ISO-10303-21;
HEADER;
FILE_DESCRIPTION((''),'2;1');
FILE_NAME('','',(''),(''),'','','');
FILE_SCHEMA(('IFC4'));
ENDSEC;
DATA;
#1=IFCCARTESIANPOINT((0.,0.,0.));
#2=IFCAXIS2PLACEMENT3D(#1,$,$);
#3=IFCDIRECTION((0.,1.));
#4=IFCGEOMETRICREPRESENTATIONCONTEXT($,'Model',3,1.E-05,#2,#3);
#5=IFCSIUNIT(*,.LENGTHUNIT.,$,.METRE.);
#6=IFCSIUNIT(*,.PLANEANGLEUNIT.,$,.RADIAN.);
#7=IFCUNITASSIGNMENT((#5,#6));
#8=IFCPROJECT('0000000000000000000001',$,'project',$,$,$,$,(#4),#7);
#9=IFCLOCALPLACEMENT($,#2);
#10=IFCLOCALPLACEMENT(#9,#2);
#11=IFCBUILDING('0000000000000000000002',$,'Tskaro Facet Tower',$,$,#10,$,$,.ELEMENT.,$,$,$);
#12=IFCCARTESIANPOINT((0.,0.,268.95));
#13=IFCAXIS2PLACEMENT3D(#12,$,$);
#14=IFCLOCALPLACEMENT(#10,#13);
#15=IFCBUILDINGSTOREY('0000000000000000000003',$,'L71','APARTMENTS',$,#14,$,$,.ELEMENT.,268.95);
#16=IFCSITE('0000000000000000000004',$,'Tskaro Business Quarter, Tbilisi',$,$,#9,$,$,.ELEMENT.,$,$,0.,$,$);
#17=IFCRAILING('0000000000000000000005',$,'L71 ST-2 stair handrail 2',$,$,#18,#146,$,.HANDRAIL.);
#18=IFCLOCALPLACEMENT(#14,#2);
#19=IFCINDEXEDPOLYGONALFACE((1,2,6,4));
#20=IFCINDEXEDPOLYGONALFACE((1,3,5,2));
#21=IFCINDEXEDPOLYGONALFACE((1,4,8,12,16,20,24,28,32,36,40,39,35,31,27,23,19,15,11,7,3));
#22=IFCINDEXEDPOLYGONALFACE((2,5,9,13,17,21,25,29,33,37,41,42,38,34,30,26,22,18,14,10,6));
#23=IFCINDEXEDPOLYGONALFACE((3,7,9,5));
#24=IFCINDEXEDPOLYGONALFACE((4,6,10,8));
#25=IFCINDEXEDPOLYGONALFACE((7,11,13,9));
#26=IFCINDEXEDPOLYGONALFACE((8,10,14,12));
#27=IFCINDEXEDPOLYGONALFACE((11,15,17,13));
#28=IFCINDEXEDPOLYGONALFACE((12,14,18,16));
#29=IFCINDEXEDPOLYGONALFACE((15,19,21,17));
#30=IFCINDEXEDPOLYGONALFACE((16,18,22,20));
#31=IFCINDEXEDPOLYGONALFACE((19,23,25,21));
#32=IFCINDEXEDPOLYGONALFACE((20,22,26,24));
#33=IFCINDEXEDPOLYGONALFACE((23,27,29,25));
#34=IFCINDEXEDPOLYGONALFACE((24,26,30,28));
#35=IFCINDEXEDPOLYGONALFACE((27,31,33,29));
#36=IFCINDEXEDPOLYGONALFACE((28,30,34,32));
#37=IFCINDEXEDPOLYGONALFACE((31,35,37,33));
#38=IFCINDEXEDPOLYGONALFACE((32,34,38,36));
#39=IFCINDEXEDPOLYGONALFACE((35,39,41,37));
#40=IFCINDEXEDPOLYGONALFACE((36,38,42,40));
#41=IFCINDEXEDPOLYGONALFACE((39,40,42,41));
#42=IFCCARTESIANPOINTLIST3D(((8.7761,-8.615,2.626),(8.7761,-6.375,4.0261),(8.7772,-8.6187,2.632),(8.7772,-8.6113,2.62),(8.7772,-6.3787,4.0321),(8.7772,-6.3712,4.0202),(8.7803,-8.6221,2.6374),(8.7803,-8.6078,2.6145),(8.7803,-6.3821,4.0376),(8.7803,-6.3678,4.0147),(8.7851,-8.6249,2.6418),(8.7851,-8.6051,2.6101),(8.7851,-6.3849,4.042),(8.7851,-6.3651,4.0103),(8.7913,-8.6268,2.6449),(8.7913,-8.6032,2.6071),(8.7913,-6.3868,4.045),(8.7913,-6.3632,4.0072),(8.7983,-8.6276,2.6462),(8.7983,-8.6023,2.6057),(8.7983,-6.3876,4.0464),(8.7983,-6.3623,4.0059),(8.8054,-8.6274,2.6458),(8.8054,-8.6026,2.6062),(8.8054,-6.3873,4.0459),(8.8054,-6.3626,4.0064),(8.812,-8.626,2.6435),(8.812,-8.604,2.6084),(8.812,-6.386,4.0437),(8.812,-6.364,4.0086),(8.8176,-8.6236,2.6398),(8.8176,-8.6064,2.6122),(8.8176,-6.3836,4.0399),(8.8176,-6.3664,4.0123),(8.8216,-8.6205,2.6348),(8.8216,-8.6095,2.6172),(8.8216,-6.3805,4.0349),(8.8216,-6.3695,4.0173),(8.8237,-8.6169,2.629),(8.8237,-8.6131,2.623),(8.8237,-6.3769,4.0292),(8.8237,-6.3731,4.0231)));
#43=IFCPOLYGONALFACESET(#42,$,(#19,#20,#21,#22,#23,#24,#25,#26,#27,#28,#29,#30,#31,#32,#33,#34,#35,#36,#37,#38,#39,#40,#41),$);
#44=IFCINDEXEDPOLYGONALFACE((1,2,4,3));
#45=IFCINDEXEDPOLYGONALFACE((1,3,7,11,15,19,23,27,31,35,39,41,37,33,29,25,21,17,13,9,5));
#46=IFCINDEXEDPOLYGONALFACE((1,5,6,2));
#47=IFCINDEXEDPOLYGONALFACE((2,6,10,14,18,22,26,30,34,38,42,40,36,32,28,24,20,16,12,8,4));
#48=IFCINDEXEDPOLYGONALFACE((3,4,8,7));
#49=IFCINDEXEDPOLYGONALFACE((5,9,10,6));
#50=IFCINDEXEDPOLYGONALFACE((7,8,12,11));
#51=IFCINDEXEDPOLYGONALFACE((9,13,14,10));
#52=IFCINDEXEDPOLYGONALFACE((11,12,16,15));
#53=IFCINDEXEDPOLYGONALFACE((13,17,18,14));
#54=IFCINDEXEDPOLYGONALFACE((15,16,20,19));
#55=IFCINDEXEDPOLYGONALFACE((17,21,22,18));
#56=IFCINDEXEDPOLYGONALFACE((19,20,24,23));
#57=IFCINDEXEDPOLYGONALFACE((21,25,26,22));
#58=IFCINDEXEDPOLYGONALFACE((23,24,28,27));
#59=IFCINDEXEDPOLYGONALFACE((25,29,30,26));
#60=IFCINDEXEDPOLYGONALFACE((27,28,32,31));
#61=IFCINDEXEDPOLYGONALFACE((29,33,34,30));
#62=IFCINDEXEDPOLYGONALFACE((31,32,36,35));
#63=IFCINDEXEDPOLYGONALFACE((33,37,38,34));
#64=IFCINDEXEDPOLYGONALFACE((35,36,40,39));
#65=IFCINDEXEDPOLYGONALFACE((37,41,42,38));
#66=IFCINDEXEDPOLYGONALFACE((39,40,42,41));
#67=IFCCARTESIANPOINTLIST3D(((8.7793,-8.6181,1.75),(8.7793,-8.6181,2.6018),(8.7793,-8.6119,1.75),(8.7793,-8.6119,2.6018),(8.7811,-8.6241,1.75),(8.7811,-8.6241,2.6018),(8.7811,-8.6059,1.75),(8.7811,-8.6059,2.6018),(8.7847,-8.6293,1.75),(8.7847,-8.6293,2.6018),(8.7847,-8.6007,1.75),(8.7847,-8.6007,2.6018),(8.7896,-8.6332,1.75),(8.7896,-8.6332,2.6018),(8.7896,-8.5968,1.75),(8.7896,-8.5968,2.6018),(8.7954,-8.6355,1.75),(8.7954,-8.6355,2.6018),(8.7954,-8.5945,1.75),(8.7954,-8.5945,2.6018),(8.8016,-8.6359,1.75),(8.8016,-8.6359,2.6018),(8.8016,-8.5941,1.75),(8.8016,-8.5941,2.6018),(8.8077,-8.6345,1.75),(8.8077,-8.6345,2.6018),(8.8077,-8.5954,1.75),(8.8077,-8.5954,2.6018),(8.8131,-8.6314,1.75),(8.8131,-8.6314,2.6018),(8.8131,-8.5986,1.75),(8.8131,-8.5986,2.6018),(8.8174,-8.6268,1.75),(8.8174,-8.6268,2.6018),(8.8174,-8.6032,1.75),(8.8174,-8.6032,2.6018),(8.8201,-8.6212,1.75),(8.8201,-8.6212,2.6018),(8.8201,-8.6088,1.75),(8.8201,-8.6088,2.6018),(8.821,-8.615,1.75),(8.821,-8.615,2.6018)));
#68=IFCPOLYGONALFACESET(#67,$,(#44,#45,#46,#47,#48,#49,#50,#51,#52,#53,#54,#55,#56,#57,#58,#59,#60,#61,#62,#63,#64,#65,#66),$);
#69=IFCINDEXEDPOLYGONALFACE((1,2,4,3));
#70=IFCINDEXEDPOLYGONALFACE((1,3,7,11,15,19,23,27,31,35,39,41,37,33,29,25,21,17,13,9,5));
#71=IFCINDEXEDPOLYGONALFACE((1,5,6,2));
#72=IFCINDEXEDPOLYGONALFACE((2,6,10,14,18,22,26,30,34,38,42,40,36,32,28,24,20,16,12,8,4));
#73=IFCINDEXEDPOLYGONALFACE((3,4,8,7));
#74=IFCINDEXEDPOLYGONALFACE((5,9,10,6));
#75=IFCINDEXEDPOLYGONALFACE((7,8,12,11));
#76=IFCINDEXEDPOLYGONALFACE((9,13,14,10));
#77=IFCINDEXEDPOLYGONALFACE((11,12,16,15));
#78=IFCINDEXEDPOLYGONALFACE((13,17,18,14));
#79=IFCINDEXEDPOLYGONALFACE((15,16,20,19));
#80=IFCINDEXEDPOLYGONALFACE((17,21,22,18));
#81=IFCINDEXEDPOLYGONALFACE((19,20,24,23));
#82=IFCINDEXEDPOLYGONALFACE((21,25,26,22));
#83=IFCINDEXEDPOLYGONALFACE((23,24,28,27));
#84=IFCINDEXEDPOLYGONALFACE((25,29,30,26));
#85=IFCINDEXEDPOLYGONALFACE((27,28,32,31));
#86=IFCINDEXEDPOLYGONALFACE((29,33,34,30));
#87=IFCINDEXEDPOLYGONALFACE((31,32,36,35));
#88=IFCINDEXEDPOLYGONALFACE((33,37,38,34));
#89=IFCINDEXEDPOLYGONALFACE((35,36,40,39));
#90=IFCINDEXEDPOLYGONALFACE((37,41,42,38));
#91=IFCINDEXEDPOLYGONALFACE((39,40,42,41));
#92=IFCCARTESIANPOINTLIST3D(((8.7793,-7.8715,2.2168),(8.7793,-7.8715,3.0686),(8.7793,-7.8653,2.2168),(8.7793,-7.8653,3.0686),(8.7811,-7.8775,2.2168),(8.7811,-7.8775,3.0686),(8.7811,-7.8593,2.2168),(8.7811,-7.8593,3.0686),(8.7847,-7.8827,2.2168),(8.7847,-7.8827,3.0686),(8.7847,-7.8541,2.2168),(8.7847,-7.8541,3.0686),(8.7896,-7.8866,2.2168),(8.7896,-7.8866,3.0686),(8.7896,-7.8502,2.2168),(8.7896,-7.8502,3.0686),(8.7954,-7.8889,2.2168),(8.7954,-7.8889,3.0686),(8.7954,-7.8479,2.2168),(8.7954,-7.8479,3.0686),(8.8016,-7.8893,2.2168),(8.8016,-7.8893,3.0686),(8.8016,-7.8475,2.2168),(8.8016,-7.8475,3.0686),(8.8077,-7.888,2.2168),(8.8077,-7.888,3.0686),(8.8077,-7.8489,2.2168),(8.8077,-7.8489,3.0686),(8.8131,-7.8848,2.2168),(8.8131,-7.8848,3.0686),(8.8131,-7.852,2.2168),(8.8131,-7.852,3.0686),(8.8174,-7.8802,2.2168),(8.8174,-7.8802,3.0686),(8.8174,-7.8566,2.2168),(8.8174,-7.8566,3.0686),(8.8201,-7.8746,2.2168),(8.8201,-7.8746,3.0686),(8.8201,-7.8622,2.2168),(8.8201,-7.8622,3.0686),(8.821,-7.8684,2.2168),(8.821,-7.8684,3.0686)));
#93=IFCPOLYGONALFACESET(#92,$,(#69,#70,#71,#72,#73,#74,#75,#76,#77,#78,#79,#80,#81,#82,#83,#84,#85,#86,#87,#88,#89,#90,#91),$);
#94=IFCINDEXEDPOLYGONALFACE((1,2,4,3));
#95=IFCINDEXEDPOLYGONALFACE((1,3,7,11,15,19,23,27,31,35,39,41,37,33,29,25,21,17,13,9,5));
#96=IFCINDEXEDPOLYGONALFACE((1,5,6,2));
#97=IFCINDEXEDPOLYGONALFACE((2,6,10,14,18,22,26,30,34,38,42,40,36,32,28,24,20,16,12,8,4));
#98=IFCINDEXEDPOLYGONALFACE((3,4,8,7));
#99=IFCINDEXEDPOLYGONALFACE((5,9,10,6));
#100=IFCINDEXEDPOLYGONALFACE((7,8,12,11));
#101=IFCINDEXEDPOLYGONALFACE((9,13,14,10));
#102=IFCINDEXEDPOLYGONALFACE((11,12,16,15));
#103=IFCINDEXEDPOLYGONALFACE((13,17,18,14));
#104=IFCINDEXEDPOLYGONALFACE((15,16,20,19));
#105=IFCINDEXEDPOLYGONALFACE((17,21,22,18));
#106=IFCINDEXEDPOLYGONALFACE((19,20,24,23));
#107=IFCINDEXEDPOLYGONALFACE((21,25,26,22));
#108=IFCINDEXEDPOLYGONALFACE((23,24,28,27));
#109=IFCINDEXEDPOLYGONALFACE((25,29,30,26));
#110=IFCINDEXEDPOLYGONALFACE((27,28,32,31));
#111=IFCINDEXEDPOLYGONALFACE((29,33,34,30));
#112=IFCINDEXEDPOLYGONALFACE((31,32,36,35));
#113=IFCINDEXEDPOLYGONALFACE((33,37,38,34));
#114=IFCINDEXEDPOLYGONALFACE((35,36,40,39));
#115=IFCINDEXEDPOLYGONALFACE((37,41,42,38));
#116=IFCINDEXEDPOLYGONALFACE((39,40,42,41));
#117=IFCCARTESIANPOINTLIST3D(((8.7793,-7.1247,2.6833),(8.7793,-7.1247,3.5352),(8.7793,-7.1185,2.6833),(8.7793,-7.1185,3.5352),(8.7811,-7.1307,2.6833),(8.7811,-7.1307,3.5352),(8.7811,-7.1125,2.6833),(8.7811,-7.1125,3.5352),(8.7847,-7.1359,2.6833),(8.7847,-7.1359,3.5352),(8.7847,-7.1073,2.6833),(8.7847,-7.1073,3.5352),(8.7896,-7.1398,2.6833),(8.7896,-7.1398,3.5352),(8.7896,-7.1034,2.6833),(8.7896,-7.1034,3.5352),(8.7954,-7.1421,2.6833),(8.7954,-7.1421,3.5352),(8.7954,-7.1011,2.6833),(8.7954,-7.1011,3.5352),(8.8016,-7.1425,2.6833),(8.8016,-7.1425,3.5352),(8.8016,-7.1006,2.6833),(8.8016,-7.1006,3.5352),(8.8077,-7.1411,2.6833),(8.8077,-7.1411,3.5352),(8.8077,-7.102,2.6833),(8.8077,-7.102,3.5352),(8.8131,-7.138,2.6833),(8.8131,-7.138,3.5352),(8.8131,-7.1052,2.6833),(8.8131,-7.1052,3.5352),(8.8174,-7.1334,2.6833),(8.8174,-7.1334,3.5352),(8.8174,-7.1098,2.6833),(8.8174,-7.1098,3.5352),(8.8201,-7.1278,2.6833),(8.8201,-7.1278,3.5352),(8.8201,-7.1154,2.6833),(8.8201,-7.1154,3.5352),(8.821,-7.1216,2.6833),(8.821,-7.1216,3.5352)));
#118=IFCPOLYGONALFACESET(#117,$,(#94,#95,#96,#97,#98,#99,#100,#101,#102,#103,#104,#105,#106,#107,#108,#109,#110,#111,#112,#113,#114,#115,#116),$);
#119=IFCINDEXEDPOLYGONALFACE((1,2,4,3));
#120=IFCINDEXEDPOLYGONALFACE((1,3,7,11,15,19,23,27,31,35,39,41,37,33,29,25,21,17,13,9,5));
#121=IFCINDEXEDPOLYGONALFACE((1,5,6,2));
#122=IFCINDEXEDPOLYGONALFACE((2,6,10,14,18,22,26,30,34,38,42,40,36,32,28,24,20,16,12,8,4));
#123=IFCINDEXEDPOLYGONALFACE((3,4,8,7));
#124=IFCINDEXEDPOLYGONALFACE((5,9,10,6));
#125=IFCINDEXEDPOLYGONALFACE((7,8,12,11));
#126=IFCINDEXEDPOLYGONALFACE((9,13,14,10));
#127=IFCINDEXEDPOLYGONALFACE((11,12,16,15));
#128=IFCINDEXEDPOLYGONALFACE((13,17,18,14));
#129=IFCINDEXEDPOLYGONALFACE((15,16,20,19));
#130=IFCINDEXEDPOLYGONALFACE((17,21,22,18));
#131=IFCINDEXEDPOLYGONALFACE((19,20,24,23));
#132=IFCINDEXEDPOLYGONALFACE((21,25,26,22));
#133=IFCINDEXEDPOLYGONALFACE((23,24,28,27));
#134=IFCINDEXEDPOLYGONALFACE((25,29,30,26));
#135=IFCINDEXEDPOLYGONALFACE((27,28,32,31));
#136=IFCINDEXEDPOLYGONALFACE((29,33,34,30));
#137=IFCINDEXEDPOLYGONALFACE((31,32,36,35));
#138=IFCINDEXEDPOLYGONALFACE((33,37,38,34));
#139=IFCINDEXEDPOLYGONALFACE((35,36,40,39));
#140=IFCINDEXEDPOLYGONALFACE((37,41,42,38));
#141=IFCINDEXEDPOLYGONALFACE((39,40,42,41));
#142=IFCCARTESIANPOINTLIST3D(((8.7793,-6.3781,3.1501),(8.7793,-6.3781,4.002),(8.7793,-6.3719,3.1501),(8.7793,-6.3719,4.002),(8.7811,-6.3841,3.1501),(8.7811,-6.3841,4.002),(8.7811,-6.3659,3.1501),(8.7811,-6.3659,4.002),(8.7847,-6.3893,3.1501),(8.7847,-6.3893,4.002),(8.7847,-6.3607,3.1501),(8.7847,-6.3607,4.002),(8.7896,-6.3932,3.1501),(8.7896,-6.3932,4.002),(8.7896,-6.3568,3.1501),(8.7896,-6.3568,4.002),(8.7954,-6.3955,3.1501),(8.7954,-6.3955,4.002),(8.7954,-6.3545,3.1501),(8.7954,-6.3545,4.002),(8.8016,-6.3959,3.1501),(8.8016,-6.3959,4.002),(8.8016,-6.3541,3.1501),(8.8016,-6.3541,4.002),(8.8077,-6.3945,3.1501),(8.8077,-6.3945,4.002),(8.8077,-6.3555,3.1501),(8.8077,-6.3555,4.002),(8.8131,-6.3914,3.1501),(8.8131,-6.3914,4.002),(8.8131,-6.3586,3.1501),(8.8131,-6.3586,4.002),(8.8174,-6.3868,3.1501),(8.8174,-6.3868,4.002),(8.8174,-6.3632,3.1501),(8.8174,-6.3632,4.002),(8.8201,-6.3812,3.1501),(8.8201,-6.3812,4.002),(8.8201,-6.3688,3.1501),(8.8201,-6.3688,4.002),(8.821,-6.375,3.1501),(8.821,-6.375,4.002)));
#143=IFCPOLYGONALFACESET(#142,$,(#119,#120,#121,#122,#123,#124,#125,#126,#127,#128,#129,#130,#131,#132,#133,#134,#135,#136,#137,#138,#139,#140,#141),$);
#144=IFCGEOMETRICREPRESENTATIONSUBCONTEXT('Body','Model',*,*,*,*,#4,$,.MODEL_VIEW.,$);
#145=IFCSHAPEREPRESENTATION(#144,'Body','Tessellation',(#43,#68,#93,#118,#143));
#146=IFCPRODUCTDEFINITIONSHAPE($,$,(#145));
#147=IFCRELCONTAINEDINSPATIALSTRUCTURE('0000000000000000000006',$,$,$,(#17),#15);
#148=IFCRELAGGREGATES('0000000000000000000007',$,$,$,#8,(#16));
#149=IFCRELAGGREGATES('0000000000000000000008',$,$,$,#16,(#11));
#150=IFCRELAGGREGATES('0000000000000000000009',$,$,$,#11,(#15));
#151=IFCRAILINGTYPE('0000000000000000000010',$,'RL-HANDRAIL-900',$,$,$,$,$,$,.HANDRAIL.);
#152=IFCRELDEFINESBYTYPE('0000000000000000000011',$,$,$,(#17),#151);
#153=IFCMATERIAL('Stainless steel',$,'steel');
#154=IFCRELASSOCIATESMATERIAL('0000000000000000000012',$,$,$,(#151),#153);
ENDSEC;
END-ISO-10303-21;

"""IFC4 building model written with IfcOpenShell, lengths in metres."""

from ifc_helpers import new_model, si_unit, direction, frame, origin, origin_2d, place, context, subcontext, project, spatial, circle, extrude, material, type_object, element, save


model = new_model("IFC4")

# Units and contexts
model_context = context("Model", 3, precision=1e-05, world=origin(), true_north=direction((0.0, 1.0)))
body_context = subcontext(model_context, "Body", "Model", "MODEL_VIEW")
ifc_project = project(units=[si_unit("LENGTHUNIT", "METRE"), si_unit("PLANEANGLEUNIT", "RADIAN")], contexts=[model_context])

# Site, building, storey
site_placement = place(None, origin())
site = spatial("IfcSite", under=ifc_project, at=site_placement, Name="Tskaro Business Quarter, Tbilisi", CompositionType="ELEMENT", RefElevation=0.0)
building_placement = place(site_placement, origin())
building = spatial("IfcBuilding", under=site, at=building_placement, Name="Tskaro Facet Tower", CompositionType="ELEMENT")
storey_placement = place(building_placement, frame((0.0, 0.0, 268.95)))
storey = spatial("IfcBuildingStorey", under=building, at=storey_placement, Name="L71", Description="APARTMENTS", CompositionType="ELEMENT", Elevation=268.95)

# Railing
ifc_material_1 = material(Name="Stainless steel", Category="steel")
railing_type_1 = type_object("IfcRailingType", Name="RL-HANDRAIL-900", PredefinedType="HANDRAIL", material=ifc_material_1)
railing_1_placement = place(storey_placement, frame((8.8, -8.615, 1.75)))
element("IfcRailing", 1, at=railing_1_placement, inside=storey, type_object=railing_type_1, Name="L71 ST-2 stair handrail 2", PredefinedType="HANDRAIL", context=body_context, shape_type="SweptSolid", body=[
    extrude(circle(Radius=0.0239, at=origin_2d()), frame((0.0, 0.0, 0.876), z_axis=(0.0, 0.847972, 0.53004), x_axis=(-1.0, 0.0, 0.0)), (0.0, 0.0, 1.0), 2.6416),
    extrude(circle(Radius=0.021, at=origin_2d()), origin(), (0.0, 0.0, 1.0), 0.8518),
    extrude(circle(Radius=0.021, at=origin_2d()), frame((0.0, 0.7466, 0.4668)), (0.0, 0.0, 1.0), 0.8518),
    extrude(circle(Radius=0.021, at=origin_2d()), frame((0.0, 1.4934, 0.9333)), (0.0, 0.0, 1.0), 0.8518),
    extrude(circle(Radius=0.021, at=origin_2d()), frame((0.0, 2.24, 1.4001)), (0.0, 0.0, 1.0), 0.8518),
])

save(model, "model.ifc")
